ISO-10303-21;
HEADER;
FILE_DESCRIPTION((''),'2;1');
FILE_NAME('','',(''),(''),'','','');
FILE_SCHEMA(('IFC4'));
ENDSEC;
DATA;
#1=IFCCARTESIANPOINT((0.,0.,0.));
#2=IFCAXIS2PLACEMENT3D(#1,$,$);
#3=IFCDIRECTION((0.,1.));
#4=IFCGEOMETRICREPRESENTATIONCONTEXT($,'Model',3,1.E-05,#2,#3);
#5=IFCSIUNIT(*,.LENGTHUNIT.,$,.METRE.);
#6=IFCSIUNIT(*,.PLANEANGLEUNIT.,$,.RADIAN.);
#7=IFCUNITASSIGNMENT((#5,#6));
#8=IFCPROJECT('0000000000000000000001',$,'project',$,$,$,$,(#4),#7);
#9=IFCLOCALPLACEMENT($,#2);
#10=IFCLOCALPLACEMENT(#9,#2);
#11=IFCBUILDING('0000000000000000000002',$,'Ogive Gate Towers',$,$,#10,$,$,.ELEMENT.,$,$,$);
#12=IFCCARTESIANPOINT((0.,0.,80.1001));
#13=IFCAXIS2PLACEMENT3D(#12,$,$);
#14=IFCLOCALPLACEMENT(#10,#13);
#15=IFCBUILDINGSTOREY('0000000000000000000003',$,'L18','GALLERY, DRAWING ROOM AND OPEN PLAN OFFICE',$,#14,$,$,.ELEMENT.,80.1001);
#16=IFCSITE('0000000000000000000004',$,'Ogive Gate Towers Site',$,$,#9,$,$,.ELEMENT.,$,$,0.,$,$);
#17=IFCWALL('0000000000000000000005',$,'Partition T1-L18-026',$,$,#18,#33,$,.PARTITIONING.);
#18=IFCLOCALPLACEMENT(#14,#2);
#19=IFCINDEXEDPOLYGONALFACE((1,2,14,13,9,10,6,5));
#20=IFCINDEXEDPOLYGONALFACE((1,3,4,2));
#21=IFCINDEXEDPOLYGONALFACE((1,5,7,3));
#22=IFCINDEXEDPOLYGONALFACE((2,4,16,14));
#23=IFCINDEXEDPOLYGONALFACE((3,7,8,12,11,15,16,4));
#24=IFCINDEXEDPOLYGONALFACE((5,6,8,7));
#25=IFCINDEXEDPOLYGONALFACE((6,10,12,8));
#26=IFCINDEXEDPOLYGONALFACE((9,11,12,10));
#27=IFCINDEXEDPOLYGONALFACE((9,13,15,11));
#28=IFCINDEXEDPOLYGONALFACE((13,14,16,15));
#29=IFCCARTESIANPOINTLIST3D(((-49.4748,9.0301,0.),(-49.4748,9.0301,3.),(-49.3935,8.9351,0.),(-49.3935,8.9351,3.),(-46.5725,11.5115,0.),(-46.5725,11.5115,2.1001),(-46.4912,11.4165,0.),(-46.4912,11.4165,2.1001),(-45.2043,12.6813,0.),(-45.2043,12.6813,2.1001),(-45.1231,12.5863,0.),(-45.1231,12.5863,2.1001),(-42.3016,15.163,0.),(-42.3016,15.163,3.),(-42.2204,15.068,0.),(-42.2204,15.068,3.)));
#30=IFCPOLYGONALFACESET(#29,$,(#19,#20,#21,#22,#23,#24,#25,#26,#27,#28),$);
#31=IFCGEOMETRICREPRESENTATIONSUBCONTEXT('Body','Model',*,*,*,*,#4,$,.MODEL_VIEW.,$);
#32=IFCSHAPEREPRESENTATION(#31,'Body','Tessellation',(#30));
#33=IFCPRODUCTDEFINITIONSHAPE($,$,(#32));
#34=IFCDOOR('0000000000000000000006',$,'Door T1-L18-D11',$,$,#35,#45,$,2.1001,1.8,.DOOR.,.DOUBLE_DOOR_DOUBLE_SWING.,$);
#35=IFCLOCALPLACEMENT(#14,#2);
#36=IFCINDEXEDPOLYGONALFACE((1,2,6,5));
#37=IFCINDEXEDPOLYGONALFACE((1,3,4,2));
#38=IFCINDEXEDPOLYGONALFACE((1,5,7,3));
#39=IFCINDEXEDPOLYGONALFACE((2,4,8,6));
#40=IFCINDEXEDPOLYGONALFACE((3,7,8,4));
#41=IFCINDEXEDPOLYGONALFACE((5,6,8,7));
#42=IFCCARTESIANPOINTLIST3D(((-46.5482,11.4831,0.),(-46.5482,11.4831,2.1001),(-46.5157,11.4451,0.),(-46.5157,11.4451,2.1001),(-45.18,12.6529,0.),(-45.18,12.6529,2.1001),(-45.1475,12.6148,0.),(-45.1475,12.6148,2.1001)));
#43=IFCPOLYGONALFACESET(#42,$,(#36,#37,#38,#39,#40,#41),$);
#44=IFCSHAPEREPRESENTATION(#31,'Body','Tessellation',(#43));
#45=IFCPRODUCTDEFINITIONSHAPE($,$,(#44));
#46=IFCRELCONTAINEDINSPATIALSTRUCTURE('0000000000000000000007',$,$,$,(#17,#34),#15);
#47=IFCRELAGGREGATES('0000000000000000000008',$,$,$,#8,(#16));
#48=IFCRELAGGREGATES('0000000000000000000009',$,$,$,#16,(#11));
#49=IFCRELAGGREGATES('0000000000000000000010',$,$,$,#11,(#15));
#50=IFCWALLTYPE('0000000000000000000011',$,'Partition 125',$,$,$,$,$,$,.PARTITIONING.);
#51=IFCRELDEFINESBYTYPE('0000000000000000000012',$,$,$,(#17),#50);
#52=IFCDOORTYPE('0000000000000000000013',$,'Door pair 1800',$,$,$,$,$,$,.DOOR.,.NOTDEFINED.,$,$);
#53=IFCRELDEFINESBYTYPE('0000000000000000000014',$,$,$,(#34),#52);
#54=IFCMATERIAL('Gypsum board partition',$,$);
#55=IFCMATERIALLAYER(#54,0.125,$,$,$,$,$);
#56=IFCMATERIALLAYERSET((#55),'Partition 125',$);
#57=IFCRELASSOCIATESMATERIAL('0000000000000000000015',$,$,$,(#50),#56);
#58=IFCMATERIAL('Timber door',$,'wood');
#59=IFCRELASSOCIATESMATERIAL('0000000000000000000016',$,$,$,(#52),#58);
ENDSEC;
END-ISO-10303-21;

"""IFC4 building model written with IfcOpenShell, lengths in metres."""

from ifc_helpers import new_model, si_unit, direction, frame, frame_2d, origin, place, context, subcontext, project, spatial, rectangle, extrude, material, layer, layer_set, type_object, element, fill, save


model = new_model("IFC4")

# Units and contexts
model_context = context("Model", 3, precision=1e-05, world=origin(), true_north=direction((0.0, 1.0)))
body_context = subcontext(model_context, "Body", "Model", "MODEL_VIEW")
ifc_project = project(units=[si_unit("LENGTHUNIT", "METRE"), si_unit("PLANEANGLEUNIT", "RADIAN")], contexts=[model_context])

# Site, building, storey
site_placement = place(None, origin())
site = spatial("IfcSite", under=ifc_project, at=site_placement, Name="Ogive Gate Towers Site", CompositionType="ELEMENT", RefElevation=0.0)
building_placement = place(site_placement, origin())
building = spatial("IfcBuilding", under=site, at=building_placement, Name="Ogive Gate Towers", CompositionType="ELEMENT")
storey_placement = place(building_placement, frame((0.0, 0.0, 80.1001)))
storey = spatial("IfcBuildingStorey", under=building, at=storey_placement, Name="L18", Description="GALLERY, DRAWING ROOM AND OPEN PLAN OFFICE", CompositionType="ELEMENT", Elevation=80.1001)

# Shared definitions
ifc_material_1 = material(Name="Timber door", Category="wood")

# Shared definitions
ifc_material_2 = material(Name="Gypsum board partition")
ifc_layer_1 = layer(ifc_material_2, 0.125)
ifc_layer_set_1 = layer_set([ifc_layer_1], Name="Partition 125")
wall_type_1 = type_object("IfcWallType", Name="Partition 125", PredefinedType="PARTITIONING", material=ifc_layer_set_1)

# Wall, opening, door
wall_1_placement = place(storey_placement, frame((-42.261, 15.1155, 0.0), z_axis=(0.0, 0.0, 1.0), x_axis=(-0.76007, -0.649841, 0.0)))
wall_1 = element("IfcWall", 1, at=wall_1_placement, inside=storey, type_object=wall_type_1, Name="Partition T1-L18-026", PredefinedType="PARTITIONING", context=body_context, shape_type="SweptSolid", body=[
    extrude(rectangle(XDim=9.4375, YDim=0.125, at=frame_2d((4.7188, 0.0))), origin(), (0.0, 0.0, 1.0), 3.0),
])
opening_1_placement = place(wall_1_placement, frame((3.8191, 0.0, 0.0)))
opening_1 = element("IfcOpeningElement", 2, at=opening_1_placement, cuts=wall_1, PredefinedType="OPENING", context=body_context, shape_type="SweptSolid", body=[
    extrude(rectangle(XDim=1.8, YDim=2.1001, at=frame_2d((0.8999, 1.05))), frame((0.0, 0.0725, 0.0), z_axis=(0.0, -1.0, 0.0), x_axis=(1.0, 0.0, 0.0)), (0.0, 0.0, 1.0), 0.145),
])
door_type_1 = type_object("IfcDoorType", Name="Door pair 1800", OperationType="NOTDEFINED", PredefinedType="DOOR", material=ifc_material_1)
door_1_placement = place(opening_1_placement, origin())
door_1 = element("IfcDoor", 3, at=door_1_placement, inside=storey, type_object=door_type_1, Name="Door T1-L18-D11", OperationType="DOUBLE_DOOR_DOUBLE_SWING", OverallHeight=2.1001, OverallWidth=1.8, PredefinedType="DOOR", context=body_context, shape_type="SweptSolid", body=[
    extrude(rectangle(XDim=1.8, YDim=2.1001, at=frame_2d((0.8999, 1.05))), frame((0.0, 0.0249, 0.0), z_axis=(0.0, -1.0, 0.0), x_axis=(1.0, 0.0, 0.0)), (0.0, 0.0, 1.0), 0.05),
])
fill(opening_1, door_1)

save(model, "model.ifc")
